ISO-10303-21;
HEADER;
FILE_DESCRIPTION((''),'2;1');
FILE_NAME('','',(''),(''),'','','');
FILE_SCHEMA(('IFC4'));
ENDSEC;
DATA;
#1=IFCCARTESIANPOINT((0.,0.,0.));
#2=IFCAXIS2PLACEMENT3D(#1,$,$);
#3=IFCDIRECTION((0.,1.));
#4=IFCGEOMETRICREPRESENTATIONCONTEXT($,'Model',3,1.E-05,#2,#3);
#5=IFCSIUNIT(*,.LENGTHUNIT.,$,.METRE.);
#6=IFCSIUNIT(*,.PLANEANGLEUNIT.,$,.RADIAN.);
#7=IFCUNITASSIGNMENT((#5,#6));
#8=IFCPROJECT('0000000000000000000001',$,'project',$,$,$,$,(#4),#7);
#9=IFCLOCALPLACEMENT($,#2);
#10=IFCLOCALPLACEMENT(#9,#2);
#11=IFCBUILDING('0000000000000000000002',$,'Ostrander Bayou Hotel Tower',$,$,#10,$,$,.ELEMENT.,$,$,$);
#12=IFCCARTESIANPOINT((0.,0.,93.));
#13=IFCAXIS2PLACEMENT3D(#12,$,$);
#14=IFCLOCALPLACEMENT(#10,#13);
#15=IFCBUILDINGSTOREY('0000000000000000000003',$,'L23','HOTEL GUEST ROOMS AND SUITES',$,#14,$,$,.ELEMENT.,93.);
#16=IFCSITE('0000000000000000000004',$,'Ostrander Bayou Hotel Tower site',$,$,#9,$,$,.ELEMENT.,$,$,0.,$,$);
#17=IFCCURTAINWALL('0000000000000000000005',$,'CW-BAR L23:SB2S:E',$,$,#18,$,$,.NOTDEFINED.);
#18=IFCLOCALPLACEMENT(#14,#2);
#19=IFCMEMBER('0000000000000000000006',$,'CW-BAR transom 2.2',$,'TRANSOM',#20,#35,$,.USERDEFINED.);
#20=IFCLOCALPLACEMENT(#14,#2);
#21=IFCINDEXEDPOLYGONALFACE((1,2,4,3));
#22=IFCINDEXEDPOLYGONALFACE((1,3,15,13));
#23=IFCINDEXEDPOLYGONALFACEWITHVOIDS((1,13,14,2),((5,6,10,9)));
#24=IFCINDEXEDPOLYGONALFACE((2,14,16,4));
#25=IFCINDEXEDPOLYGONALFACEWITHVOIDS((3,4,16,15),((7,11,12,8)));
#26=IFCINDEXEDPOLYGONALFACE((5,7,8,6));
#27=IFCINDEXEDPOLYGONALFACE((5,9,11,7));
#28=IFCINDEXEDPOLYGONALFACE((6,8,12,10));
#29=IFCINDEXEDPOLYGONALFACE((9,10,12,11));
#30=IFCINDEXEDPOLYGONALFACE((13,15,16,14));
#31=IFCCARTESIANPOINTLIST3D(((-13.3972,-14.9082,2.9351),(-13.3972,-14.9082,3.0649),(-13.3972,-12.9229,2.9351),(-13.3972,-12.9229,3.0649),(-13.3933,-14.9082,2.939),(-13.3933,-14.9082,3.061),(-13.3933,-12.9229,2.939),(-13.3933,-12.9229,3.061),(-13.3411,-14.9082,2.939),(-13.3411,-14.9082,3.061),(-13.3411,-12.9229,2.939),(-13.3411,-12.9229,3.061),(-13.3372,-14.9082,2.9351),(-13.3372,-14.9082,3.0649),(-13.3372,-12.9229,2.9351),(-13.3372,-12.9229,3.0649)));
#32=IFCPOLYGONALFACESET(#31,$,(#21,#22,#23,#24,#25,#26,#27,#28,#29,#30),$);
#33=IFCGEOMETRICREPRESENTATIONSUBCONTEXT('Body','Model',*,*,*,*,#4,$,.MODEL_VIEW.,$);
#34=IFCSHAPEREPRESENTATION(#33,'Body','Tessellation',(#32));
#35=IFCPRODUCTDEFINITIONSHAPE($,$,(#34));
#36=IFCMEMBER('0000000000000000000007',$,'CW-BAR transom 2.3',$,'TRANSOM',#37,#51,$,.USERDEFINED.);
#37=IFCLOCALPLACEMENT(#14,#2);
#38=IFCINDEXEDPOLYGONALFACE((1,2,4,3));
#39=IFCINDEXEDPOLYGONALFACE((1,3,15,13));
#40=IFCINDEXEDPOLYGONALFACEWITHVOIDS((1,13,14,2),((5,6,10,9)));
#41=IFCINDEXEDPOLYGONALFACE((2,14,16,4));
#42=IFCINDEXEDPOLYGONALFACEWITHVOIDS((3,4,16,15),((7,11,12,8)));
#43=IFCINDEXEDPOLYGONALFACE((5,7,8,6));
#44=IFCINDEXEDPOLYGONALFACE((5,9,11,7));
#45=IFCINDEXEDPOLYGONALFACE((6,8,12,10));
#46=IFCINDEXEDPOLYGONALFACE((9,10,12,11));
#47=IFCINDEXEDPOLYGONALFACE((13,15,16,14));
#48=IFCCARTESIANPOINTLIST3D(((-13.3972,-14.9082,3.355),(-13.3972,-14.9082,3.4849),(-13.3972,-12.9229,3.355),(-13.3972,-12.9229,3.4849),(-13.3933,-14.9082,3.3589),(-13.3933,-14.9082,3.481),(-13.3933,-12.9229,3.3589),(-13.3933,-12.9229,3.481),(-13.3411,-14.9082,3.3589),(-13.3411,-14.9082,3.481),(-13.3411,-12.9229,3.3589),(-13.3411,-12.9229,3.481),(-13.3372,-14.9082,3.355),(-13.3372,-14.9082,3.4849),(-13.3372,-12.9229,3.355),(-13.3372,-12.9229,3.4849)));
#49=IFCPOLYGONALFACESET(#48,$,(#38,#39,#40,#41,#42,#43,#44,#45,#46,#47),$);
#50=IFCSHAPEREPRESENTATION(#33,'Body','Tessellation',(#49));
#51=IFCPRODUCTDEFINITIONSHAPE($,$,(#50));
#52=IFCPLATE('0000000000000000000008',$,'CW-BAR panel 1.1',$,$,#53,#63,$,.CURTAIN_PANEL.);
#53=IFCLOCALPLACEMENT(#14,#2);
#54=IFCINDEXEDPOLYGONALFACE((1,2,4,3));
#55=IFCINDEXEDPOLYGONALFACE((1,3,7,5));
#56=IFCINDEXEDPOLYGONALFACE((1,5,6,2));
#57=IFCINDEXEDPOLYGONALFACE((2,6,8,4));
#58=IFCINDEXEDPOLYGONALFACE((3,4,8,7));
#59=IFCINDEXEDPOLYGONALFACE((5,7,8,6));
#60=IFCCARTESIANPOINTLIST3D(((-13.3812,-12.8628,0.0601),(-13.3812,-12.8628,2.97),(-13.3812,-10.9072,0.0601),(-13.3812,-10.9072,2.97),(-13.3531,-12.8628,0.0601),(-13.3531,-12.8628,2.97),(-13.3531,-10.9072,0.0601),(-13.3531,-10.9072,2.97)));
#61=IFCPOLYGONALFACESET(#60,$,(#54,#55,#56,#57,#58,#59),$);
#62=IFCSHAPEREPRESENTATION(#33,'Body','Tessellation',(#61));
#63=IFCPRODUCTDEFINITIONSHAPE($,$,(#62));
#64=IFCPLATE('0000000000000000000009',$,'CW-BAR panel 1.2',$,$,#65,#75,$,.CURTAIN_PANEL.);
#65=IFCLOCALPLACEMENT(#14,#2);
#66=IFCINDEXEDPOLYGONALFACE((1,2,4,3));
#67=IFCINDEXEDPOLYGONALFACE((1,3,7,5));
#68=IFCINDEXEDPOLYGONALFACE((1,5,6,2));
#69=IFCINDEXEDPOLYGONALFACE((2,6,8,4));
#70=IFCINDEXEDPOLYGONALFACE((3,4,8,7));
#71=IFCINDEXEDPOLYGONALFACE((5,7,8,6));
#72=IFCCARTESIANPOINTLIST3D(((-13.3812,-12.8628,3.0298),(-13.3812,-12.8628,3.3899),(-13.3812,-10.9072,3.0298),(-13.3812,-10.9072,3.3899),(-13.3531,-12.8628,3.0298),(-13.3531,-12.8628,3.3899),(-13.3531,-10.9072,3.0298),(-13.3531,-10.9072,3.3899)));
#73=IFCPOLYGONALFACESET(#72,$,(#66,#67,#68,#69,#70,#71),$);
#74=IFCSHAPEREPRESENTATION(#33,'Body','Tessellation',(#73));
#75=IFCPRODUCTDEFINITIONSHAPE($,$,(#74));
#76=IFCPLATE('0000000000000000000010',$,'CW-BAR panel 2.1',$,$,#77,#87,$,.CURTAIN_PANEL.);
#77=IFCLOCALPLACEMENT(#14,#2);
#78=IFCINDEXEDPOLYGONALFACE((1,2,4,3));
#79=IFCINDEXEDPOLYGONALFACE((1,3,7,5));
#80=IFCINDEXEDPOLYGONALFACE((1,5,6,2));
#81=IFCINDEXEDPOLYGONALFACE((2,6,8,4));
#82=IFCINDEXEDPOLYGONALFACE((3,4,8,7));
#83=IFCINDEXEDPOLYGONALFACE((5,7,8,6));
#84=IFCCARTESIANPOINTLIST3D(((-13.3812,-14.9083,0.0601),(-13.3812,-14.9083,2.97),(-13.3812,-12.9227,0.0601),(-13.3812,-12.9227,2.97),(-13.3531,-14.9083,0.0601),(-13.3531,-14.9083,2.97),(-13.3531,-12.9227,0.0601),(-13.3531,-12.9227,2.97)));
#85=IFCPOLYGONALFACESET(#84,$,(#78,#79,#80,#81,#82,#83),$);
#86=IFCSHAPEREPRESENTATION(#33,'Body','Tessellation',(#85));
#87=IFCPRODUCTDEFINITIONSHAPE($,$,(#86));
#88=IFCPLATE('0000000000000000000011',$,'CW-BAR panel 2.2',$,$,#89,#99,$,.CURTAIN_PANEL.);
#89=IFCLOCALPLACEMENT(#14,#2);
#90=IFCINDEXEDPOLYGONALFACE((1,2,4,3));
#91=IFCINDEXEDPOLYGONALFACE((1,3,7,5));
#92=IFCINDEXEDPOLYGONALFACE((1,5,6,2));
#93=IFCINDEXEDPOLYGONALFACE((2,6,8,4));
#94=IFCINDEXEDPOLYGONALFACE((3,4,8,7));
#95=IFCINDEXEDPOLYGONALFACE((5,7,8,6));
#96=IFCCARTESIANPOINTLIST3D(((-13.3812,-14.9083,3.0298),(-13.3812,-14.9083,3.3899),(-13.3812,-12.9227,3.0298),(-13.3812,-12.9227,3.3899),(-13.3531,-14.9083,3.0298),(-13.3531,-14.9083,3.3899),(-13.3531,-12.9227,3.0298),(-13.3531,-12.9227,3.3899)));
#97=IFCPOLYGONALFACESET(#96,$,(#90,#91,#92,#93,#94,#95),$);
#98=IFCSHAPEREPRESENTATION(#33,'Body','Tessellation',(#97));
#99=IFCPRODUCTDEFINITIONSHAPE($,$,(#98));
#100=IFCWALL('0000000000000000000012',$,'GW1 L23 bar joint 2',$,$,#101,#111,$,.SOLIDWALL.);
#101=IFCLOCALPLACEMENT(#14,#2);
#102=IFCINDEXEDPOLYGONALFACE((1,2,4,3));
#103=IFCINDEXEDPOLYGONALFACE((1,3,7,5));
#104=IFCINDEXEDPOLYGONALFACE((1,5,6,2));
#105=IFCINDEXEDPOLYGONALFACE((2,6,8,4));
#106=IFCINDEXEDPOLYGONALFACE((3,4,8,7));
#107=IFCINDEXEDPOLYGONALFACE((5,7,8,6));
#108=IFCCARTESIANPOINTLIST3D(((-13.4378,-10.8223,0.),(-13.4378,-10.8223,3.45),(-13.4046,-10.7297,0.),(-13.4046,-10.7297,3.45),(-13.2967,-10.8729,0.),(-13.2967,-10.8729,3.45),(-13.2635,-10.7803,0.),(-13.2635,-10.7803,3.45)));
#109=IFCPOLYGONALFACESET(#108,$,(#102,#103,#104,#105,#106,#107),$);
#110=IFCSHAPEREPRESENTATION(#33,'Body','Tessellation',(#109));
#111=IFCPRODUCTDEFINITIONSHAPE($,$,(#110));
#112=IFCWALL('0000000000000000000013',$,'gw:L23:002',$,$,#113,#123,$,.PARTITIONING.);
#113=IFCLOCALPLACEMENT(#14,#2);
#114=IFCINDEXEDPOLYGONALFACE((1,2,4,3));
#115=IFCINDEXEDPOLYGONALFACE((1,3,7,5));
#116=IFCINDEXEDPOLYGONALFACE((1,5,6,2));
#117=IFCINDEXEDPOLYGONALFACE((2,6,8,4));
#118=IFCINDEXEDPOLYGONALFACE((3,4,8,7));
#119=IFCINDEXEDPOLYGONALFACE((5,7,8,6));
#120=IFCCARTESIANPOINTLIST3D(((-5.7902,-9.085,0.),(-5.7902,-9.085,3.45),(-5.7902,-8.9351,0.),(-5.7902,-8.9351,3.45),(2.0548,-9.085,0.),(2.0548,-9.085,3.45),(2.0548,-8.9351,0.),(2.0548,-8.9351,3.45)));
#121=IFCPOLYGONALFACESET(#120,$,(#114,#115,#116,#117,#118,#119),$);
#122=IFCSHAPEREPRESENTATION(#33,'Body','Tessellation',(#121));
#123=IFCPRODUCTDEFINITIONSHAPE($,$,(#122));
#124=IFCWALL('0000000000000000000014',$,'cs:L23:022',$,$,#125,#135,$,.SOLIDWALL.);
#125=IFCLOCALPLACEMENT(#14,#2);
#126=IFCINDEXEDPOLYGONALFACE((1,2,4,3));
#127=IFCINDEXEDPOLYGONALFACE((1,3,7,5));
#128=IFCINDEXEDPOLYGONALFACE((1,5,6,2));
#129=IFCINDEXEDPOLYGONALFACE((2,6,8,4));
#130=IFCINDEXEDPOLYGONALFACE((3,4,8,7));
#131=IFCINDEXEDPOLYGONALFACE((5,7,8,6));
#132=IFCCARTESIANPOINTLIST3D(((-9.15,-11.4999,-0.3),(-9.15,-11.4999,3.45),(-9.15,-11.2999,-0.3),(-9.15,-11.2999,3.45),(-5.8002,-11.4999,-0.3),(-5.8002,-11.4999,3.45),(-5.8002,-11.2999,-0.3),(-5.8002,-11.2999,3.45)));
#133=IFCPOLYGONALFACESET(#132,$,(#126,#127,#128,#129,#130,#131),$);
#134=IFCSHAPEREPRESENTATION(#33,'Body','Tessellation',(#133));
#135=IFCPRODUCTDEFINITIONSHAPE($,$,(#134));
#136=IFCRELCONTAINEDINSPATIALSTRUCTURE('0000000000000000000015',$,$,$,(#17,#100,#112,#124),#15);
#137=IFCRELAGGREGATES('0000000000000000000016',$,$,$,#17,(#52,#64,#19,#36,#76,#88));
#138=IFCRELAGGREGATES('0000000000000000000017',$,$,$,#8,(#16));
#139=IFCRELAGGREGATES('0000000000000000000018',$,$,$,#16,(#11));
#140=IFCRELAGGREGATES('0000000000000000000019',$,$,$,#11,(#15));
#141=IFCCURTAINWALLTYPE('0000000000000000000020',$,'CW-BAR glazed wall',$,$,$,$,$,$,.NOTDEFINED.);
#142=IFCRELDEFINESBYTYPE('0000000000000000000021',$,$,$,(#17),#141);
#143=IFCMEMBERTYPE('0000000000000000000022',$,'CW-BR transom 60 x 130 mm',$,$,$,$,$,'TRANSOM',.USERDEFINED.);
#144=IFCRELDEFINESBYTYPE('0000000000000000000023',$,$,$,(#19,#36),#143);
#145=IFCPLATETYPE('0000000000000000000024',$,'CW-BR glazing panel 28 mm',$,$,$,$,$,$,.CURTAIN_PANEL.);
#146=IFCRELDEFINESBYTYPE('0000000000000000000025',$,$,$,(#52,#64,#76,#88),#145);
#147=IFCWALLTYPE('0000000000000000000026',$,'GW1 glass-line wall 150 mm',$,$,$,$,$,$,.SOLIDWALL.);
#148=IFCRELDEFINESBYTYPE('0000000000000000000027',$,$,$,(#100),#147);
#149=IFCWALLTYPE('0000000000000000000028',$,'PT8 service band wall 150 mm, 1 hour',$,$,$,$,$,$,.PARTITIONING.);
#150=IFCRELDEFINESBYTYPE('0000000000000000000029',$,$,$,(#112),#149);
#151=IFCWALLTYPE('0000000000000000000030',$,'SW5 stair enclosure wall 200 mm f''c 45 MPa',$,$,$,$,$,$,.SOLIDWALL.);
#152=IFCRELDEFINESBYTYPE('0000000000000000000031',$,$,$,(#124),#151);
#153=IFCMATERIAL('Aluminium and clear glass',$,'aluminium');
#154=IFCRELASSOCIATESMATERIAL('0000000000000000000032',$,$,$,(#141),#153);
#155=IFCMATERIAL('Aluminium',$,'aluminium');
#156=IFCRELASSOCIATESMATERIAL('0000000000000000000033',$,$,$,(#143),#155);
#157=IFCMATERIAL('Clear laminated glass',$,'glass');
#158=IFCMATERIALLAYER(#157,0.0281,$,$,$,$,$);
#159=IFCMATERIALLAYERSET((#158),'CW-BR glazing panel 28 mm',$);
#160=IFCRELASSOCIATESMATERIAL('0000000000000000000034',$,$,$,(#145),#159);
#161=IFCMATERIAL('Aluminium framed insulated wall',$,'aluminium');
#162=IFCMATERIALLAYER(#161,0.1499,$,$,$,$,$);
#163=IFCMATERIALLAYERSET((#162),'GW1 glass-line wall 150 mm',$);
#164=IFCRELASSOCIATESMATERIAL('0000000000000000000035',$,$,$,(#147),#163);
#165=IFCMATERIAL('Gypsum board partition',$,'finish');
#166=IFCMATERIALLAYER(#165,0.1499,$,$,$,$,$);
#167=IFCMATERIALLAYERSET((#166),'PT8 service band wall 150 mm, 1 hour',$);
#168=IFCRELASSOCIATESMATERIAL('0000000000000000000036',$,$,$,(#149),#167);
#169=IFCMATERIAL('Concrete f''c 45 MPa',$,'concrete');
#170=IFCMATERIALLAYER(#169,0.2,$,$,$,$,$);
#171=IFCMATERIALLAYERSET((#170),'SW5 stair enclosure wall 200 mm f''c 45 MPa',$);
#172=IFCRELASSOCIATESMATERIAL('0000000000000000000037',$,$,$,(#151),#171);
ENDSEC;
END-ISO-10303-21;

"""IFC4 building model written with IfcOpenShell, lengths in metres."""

from ifc_helpers import new_model, si_unit, direction, frame, frame_2d, origin, origin_2d, place, context, subcontext, project, spatial, rectangle, hollow_rectangle, extrude, material, layer, layer_set, material_profile, profile_set, type_object, element, aggregate, save


model = new_model("IFC4")

# Units and contexts
model_context = context("Model", 3, precision=1e-05, world=origin(), true_north=direction((0.0, 1.0)))
body_context = subcontext(model_context, "Body", "Model", "MODEL_VIEW")
ifc_project = project(units=[si_unit("LENGTHUNIT", "METRE"), si_unit("PLANEANGLEUNIT", "RADIAN")], contexts=[model_context])

# Site, building, storey
site_placement = place(None, origin())
site = spatial("IfcSite", under=ifc_project, at=site_placement, Name="Ostrander Bayou Hotel Tower site", CompositionType="ELEMENT", RefElevation=0.0)
building_placement = place(site_placement, origin())
building = spatial("IfcBuilding", under=site, at=building_placement, Name="Ostrander Bayou Hotel Tower", CompositionType="ELEMENT")
storey_placement = place(building_placement, frame((0.0, 0.0, 93.0)))
storey = spatial("IfcBuildingStorey", under=building, at=storey_placement, Name="L23", Description="HOTEL GUEST ROOMS AND SUITES", CompositionType="ELEMENT", Elevation=93.0)

# Curtain wall, members, plates
ifc_material_1 = material(Name="Aluminium and clear glass", Category="aluminium")
curtain_wall_type = type_object("IfcCurtainWallType", Name="CW-BAR glazed wall", PredefinedType="NOTDEFINED", material=ifc_material_1)
curtain_wall_placement = place(storey_placement, origin())
curtain_wall = element("IfcCurtainWall", 1, at=curtain_wall_placement, inside=storey, type_object=curtain_wall_type, Name="CW-BAR L23:SB2S:E", PredefinedType="NOTDEFINED")
ifc_material_2 = material(Name="Aluminium", Category="aluminium")
ifc_material_profile_1 = material_profile(ifc_material_2, hollow_rectangle(XDim=0.0601, YDim=0.1299, WallThickness=0.0039, at=origin_2d()))
ifc_profile_set_1 = profile_set([ifc_material_profile_1], Name="Aluminium")
member_type_1 = type_object("IfcMemberType", Name="CW-BR transom 60 x 130 mm", ElementType="TRANSOM", PredefinedType="USERDEFINED", material=ifc_profile_set_1)
member_1_placement = place(storey_placement, frame((-13.3672, -12.9229, 3.0), z_axis=(0.0, -1.0, 0.0), x_axis=(1.0, 0.0, 0.0)))
member_1 = element("IfcMember", 2, at=member_1_placement, type_object=member_type_1, Name="CW-BAR transom 2.2", ObjectType="TRANSOM", PredefinedType="USERDEFINED", context=body_context, shape_type="SweptSolid", body=[
    extrude(hollow_rectangle(XDim=0.0601, YDim=0.1299, WallThickness=0.0039, at=origin_2d()), origin(), (0.0, 0.0, 1.0), 1.9854),
])
member_2_placement = place(storey_placement, frame((-13.3672, -12.9229, 3.4199), z_axis=(0.0, -1.0, 0.0), x_axis=(1.0, 0.0, 0.0)))
member_2 = element("IfcMember", 3, at=member_2_placement, type_object=member_type_1, Name="CW-BAR transom 2.3", ObjectType="TRANSOM", PredefinedType="USERDEFINED", context=body_context, shape_type="SweptSolid", body=[
    extrude(hollow_rectangle(XDim=0.0601, YDim=0.1299, WallThickness=0.0039, at=origin_2d()), origin(), (0.0, 0.0, 1.0), 1.9854),
])
ifc_material_3 = material(Name="Clear laminated glass", Category="glass")
ifc_layer_1 = layer(ifc_material_3, 0.0281)
ifc_layer_set_1 = layer_set([ifc_layer_1], Name="CW-BR glazing panel 28 mm")
plate_type = type_object("IfcPlateType", Name="CW-BR glazing panel 28 mm", PredefinedType="CURTAIN_PANEL", material=ifc_layer_set_1)
plate_1_placement = place(storey_placement, frame((-13.3672, -11.885, 0.0601), z_axis=(0.0, 0.0, 1.0), x_axis=(0.0, -1.0, 0.0)))
plate_1 = element("IfcPlate", 4, at=plate_1_placement, type_object=plate_type, Name="CW-BAR panel 1.1", PredefinedType="CURTAIN_PANEL", context=body_context, shape_type="SweptSolid", body=[
    extrude(rectangle(XDim=1.9556, YDim=0.0281, at=origin_2d()), origin(), (0.0, 0.0, 1.0), 2.9099),
])
plate_2_placement = place(storey_placement, frame((-13.3672, -11.885, 3.0298), z_axis=(0.0, 0.0, 1.0), x_axis=(0.0, -1.0, 0.0)))
plate_2 = element("IfcPlate", 5, at=plate_2_placement, type_object=plate_type, Name="CW-BAR panel 1.2", PredefinedType="CURTAIN_PANEL", context=body_context, shape_type="SweptSolid", body=[
    extrude(rectangle(XDim=1.9556, YDim=0.0281, at=origin_2d()), origin(), (0.0, 0.0, 1.0), 0.3601),
])
plate_3_placement = place(storey_placement, frame((-13.3672, -13.9155, 0.0601), z_axis=(0.0, 0.0, 1.0), x_axis=(0.0, -1.0, 0.0)))
plate_3 = element("IfcPlate", 6, at=plate_3_placement, type_object=plate_type, Name="CW-BAR panel 2.1", PredefinedType="CURTAIN_PANEL", context=body_context, shape_type="SweptSolid", body=[
    extrude(rectangle(XDim=1.9856, YDim=0.0281, at=origin_2d()), origin(), (0.0, 0.0, 1.0), 2.9099),
])
plate_4_placement = place(storey_placement, frame((-13.3672, -13.9155, 3.0298), z_axis=(0.0, 0.0, 1.0), x_axis=(0.0, -1.0, 0.0)))
plate_4 = element("IfcPlate", 7, at=plate_4_placement, type_object=plate_type, Name="CW-BAR panel 2.2", PredefinedType="CURTAIN_PANEL", context=body_context, shape_type="SweptSolid", body=[
    extrude(rectangle(XDim=1.9856, YDim=0.0281, at=origin_2d()), origin(), (0.0, 0.0, 1.0), 0.3601),
])
aggregate(curtain_wall, [plate_1, plate_2, member_1, member_2, plate_3, plate_4])

# Wall
ifc_material_4 = material(Name="Aluminium framed insulated wall", Category="aluminium")
ifc_layer_2 = layer(ifc_material_4, 0.1499)
ifc_layer_set_2 = layer_set([ifc_layer_2], Name="GW1 glass-line wall 150 mm")
wall_type_1 = type_object("IfcWallType", Name="GW1 glass-line wall 150 mm", PredefinedType="SOLIDWALL", material=ifc_layer_set_2)
wall_1_placement = place(storey_placement, frame((-13.334, -10.7549, 0.0), z_axis=(0.0, 0.0, 1.0), x_axis=(-0.337752, -0.941235, 0.0)))
element("IfcWall", 8, at=wall_1_placement, inside=storey, type_object=wall_type_1, Name="GW1 L23 bar joint 2", PredefinedType="SOLIDWALL", context=body_context, shape_type="SweptSolid", body=[
    extrude(rectangle(XDim=0.0984, YDim=0.1499, at=frame_2d((0.0493, 0.0))), origin(), (0.0, 0.0, 1.0), 3.45),
])

# Walls
ifc_material_5 = material(Name="Gypsum board partition", Category="finish")
ifc_layer_3 = layer(ifc_material_5, 0.1499)
ifc_layer_set_3 = layer_set([ifc_layer_3], Name="PT8 service band wall 150 mm, 1 hour")
wall_type_2 = type_object("IfcWallType", Name="PT8 service band wall 150 mm, 1 hour", PredefinedType="PARTITIONING", material=ifc_layer_set_3)
wall_2_placement = place(storey_placement, frame((-5.79, -9.01, 0.0), z_axis=(0.0, 0.0, 1.0), x_axis=(1.0, 0.0, 0.0)))
element("IfcWall", 9, at=wall_2_placement, inside=storey, type_object=wall_type_2, Name="gw:L23:002", PredefinedType="PARTITIONING", context=body_context, shape_type="SweptSolid", body=[
    extrude(rectangle(XDim=7.845, YDim=0.1499, at=frame_2d((3.9224, 0.0))), origin(), (0.0, 0.0, 1.0), 3.45),
])
ifc_material_6 = material(Name="Concrete f'c 45 MPa", Category="concrete")
ifc_layer_4 = layer(ifc_material_6, 0.2)
ifc_layer_set_4 = layer_set([ifc_layer_4], Name="SW5 stair enclosure wall 200 mm f'c 45 MPa")
wall_type_3 = type_object("IfcWallType", Name="SW5 stair enclosure wall 200 mm f'c 45 MPa", PredefinedType="SOLIDWALL", material=ifc_layer_set_4)
wall_3_placement = place(storey_placement, frame((-9.1499, -11.3999, -0.3), z_axis=(0.0, 0.0, 1.0), x_axis=(1.0, 0.0, 0.0)))
element("IfcWall", 10, at=wall_3_placement, inside=storey, type_object=wall_type_3, Name="cs:L23:022", PredefinedType="SOLIDWALL", context=body_context, shape_type="SweptSolid", body=[
    extrude(rectangle(XDim=3.3499, YDim=0.2, at=frame_2d((1.6748, 0.0))), origin(), (0.0, 0.0, 1.0), 3.75),
])

save(model, "model.ifc")
